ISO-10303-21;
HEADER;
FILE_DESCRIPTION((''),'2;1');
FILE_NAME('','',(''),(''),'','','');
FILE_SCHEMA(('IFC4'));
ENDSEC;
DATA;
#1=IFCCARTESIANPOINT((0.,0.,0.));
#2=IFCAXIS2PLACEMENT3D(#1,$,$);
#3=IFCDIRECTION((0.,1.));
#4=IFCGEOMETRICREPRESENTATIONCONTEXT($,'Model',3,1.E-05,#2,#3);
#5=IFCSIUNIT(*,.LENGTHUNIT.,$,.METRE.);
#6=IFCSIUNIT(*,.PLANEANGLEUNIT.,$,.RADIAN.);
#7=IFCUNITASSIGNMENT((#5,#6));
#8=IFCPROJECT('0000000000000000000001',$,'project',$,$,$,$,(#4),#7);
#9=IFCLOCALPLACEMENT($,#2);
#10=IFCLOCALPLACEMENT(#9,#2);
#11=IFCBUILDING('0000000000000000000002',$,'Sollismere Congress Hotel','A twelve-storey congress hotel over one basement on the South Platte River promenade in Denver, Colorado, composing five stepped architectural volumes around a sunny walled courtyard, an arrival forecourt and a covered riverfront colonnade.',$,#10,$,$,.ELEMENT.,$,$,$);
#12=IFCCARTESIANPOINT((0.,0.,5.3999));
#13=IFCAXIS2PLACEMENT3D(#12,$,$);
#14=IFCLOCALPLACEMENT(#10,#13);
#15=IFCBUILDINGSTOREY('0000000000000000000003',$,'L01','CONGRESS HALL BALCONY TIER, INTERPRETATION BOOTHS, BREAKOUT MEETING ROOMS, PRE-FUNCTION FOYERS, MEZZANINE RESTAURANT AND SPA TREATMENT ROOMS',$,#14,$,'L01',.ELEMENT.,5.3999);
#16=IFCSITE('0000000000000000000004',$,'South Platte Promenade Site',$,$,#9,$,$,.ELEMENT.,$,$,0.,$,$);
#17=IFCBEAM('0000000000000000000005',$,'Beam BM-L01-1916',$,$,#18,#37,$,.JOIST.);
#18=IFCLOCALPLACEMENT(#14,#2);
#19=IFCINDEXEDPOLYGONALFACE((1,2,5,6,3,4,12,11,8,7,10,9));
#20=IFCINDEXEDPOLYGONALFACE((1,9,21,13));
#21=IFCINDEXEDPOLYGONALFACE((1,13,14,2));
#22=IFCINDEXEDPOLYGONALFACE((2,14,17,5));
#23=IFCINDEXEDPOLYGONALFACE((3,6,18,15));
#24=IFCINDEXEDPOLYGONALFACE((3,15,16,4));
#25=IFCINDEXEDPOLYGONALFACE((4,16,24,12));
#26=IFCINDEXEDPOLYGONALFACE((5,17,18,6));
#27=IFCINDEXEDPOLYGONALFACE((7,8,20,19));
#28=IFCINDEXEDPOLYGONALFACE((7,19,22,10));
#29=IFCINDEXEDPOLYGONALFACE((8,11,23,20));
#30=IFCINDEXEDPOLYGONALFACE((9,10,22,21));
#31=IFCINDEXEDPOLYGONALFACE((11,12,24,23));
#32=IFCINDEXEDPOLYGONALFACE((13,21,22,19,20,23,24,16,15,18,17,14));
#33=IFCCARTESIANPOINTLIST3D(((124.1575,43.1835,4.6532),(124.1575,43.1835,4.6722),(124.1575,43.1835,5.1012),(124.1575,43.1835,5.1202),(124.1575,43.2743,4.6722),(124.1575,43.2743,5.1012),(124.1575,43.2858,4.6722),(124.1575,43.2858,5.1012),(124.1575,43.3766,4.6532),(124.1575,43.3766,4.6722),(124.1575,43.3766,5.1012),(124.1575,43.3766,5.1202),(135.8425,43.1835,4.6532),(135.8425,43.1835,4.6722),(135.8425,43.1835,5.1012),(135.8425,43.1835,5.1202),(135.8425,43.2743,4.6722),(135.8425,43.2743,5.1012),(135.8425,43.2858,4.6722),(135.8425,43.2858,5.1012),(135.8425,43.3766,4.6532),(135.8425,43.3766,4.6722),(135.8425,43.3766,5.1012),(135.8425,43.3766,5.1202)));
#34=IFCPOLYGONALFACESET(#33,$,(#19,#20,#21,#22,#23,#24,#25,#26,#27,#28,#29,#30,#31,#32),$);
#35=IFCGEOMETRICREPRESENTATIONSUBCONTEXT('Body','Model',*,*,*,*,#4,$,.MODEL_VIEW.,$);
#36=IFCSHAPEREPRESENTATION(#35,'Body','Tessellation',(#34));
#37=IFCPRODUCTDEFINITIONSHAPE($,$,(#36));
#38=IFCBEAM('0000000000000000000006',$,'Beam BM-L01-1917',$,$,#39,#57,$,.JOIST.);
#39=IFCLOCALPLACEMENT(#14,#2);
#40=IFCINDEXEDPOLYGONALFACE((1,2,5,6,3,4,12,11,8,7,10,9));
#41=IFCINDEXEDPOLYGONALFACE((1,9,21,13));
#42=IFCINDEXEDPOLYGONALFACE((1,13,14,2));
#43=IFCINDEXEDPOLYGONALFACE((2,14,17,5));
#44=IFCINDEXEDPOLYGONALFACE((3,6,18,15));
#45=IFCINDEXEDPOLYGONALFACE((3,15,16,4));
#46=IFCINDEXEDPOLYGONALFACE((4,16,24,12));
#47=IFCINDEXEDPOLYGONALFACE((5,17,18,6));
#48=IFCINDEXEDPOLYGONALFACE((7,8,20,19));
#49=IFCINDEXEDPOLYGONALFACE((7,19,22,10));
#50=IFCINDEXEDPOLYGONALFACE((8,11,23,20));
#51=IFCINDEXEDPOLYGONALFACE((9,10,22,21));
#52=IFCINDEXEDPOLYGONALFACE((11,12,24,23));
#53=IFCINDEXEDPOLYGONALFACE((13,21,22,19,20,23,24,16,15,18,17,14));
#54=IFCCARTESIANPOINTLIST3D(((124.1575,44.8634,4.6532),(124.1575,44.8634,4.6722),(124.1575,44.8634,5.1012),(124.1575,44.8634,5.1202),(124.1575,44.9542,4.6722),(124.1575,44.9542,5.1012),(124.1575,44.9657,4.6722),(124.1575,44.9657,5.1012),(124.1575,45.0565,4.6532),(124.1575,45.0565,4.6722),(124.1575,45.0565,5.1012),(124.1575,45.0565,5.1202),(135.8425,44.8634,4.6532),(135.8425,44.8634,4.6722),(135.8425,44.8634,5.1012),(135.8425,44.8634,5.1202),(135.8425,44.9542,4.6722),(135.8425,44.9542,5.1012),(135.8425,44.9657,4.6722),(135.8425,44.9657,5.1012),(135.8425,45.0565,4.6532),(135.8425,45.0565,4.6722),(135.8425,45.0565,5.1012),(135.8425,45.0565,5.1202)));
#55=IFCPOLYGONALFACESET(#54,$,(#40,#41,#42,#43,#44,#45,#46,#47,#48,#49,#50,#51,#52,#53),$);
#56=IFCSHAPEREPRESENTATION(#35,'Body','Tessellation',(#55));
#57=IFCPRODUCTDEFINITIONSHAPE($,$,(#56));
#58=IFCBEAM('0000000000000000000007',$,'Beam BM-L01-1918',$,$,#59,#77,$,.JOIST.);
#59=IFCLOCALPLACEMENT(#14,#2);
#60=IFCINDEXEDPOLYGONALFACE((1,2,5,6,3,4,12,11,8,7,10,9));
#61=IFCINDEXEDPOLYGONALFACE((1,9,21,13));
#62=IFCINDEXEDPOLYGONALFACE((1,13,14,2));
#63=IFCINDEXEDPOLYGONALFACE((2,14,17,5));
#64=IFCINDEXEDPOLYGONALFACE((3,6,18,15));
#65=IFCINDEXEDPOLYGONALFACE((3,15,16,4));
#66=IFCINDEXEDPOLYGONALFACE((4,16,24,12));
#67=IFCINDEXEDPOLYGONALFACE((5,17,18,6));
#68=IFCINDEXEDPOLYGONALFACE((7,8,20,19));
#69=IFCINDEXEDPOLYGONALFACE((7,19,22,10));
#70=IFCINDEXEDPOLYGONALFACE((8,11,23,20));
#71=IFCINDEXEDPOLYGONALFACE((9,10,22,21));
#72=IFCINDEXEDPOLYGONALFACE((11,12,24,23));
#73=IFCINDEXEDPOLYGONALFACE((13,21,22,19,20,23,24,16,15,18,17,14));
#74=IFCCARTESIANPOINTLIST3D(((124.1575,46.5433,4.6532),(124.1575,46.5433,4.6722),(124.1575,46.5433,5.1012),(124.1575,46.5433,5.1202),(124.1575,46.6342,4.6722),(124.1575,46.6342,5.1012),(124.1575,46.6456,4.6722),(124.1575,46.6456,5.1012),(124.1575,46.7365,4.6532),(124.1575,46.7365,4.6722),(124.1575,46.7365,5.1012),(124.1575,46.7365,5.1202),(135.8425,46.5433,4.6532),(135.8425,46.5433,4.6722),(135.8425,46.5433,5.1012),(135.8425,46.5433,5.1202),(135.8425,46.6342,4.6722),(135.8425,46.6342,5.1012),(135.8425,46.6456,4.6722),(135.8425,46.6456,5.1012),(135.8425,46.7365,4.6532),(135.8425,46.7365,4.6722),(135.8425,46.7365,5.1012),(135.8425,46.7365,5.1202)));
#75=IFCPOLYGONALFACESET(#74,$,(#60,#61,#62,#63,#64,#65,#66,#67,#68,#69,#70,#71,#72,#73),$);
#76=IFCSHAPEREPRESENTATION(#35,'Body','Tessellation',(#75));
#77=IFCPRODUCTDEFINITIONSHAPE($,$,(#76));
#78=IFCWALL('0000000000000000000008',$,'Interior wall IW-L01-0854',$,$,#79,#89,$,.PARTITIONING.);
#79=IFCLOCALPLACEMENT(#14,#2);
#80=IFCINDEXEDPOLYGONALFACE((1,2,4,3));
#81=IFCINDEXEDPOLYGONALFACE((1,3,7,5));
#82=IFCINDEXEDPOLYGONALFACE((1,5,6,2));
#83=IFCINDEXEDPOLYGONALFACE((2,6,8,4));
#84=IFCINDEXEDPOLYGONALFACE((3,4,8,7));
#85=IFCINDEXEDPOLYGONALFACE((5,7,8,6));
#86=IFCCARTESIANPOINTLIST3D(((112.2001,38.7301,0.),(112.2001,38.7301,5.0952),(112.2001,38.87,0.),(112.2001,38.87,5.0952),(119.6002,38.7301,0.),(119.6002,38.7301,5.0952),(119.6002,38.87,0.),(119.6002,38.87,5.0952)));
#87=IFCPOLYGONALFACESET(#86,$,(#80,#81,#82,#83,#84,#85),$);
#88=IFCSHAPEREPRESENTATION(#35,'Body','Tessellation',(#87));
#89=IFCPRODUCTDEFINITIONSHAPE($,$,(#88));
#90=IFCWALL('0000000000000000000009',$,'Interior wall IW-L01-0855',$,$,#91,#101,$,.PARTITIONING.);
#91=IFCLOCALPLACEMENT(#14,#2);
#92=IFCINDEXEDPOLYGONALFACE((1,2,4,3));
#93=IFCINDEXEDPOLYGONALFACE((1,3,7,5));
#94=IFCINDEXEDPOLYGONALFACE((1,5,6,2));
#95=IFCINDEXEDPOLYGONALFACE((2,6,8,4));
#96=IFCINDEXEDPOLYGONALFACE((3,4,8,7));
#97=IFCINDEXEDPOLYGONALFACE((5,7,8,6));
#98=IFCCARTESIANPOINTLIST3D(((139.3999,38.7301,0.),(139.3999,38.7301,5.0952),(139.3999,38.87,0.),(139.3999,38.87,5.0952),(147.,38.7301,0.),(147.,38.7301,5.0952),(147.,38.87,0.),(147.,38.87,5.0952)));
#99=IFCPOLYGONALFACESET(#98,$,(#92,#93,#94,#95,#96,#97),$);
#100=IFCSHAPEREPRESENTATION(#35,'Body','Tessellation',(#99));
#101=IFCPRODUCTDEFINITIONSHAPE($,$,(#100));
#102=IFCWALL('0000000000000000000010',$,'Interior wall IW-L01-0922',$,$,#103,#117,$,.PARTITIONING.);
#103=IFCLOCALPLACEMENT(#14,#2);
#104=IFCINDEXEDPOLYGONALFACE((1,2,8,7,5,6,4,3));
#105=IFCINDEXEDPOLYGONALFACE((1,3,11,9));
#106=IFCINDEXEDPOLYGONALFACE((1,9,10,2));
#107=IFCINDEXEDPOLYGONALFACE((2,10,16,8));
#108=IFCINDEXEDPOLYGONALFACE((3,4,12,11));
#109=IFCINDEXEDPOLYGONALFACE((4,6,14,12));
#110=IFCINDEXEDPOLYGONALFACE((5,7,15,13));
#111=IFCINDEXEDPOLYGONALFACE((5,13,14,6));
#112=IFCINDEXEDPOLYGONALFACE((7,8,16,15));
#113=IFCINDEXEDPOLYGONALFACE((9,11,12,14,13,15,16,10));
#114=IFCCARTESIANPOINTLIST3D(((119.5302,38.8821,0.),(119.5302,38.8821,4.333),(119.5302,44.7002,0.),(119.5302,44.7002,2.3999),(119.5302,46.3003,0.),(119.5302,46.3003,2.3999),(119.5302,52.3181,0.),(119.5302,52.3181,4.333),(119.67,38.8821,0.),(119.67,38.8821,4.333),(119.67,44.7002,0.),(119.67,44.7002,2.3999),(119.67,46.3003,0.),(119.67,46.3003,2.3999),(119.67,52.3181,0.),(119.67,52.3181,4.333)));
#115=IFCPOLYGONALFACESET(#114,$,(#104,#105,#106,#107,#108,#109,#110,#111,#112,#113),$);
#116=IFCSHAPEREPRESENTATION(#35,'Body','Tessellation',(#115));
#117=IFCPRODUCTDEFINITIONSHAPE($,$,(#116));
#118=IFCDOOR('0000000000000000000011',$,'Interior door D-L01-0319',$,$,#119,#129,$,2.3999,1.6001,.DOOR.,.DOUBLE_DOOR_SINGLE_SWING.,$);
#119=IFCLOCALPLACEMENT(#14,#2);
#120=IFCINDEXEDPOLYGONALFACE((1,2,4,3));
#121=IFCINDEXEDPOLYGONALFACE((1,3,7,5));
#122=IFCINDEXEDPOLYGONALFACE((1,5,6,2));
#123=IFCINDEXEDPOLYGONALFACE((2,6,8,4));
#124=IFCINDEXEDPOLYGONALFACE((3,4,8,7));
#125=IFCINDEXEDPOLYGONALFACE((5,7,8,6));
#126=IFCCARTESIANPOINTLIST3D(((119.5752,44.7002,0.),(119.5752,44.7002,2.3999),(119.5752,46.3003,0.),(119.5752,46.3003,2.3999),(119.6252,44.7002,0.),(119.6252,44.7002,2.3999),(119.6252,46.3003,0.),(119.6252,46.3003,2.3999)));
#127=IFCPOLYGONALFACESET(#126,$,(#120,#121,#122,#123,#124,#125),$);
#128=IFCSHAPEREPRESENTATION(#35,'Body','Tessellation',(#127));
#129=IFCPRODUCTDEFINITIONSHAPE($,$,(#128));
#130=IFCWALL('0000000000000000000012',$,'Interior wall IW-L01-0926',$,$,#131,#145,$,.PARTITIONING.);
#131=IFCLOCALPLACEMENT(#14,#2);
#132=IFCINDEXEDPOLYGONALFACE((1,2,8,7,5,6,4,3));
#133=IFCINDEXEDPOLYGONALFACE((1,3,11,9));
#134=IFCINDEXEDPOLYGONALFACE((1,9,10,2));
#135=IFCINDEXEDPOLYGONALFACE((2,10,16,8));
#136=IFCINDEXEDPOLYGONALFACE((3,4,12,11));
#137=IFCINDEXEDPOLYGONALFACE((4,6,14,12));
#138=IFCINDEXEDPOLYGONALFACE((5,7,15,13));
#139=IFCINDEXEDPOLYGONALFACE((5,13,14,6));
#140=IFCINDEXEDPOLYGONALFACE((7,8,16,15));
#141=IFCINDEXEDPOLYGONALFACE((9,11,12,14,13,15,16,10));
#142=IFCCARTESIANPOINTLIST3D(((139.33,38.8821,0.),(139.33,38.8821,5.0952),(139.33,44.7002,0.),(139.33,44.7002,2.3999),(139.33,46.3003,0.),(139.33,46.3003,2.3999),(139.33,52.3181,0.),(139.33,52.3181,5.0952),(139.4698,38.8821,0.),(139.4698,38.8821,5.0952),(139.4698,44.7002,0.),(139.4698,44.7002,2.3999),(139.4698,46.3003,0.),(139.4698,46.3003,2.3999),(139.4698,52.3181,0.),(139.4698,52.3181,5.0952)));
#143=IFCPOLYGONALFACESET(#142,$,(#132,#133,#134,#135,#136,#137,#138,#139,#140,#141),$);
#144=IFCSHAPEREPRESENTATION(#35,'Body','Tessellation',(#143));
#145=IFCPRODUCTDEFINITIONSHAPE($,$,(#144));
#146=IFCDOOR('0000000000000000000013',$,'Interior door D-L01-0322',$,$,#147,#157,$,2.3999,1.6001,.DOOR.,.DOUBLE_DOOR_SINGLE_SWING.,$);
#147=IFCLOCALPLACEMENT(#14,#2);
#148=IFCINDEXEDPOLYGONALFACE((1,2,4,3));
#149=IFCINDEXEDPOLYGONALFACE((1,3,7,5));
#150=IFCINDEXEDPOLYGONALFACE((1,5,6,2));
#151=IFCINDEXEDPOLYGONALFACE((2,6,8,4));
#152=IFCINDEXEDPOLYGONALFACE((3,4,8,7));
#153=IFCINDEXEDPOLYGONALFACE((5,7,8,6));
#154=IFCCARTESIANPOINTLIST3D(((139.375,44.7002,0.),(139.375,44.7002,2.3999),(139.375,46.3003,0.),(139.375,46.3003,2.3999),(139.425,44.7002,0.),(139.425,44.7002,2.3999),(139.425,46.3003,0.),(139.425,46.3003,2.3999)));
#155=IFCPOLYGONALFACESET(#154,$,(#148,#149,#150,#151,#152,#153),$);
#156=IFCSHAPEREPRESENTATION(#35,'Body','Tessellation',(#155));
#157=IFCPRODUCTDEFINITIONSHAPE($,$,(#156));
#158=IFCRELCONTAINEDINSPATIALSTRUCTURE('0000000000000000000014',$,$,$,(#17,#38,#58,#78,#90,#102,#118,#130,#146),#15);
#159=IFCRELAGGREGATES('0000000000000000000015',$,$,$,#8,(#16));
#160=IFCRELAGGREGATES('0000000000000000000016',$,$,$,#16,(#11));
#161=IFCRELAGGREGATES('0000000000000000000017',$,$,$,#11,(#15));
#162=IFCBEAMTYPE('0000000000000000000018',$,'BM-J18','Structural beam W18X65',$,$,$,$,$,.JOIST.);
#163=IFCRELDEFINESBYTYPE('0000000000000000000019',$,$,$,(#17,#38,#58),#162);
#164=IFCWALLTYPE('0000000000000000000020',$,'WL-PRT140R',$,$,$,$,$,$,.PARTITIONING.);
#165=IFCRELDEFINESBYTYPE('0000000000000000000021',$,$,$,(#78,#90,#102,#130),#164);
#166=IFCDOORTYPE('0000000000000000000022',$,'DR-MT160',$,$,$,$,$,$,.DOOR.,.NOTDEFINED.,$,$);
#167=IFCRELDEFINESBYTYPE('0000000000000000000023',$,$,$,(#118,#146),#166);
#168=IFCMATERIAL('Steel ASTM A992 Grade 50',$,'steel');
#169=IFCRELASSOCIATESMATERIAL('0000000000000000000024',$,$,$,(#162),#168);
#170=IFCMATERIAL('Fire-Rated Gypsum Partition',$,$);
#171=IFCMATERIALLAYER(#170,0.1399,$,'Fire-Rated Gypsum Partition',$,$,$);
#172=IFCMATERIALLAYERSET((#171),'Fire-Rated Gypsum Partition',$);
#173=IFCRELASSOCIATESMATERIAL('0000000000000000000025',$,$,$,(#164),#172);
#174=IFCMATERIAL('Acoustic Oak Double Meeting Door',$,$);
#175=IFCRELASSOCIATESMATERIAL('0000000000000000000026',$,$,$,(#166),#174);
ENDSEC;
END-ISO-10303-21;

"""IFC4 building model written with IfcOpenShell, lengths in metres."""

from ifc_helpers import new_model, si_unit, direction, frame, frame_2d, origin, origin_2d, place, context, subcontext, project, spatial, rectangle, i_section, extrude, material, layer, layer_set, material_profile, profile_set, type_object, element, fill, save


model = new_model("IFC4")

# Units and contexts
model_context = context("Model", 3, precision=1e-05, world=origin(), true_north=direction((0.0, 1.0)))
body_context = subcontext(model_context, "Body", "Model", "MODEL_VIEW")
ifc_project = project(units=[si_unit("LENGTHUNIT", "METRE"), si_unit("PLANEANGLEUNIT", "RADIAN")], contexts=[model_context])

# Site, building, storey
site_placement = place(None, origin())
site = spatial("IfcSite", under=ifc_project, at=site_placement, Name="South Platte Promenade Site", CompositionType="ELEMENT", RefElevation=0.0)
building_placement = place(site_placement, origin())
building = spatial("IfcBuilding", under=site, at=building_placement, Name="Sollismere Congress Hotel", Description="A twelve-storey congress hotel over one basement on the South Platte River promenade in Denver, Colorado, composing five stepped architectural volumes around a sunny walled courtyard, an arrival forecourt and a covered riverfront colonnade.", CompositionType="ELEMENT")
storey_placement = place(building_placement, frame((0.0, 0.0, 5.3999)))
storey = spatial("IfcBuildingStorey", under=building, at=storey_placement, Name="L01", Description="CONGRESS HALL BALCONY TIER, INTERPRETATION BOOTHS, BREAKOUT MEETING ROOMS, PRE-FUNCTION FOYERS, MEZZANINE RESTAURANT AND SPA TREATMENT ROOMS", LongName="L01", CompositionType="ELEMENT", Elevation=5.3999)

# Shared definitions
ifc_material_1 = material(Name="Steel ASTM A992 Grade 50", Category="steel")

# Beams
ifc_material_profile_1 = material_profile(ifc_material_1, i_section(OverallWidth=0.1931, OverallDepth=0.467, WebThickness=0.0115, FlangeThickness=0.019, at=origin_2d()), Name="W18X65")
ifc_profile_set_1 = profile_set([ifc_material_profile_1], Name="Steel ASTM A992 Grade 50")
beam_type_1 = type_object("IfcBeamType", Name="BM-J18", Description="Structural beam W18X65", PredefinedType="JOIST", material=ifc_profile_set_1)
for number, where, z_axis, x_axis, name in (
    (1, (124.1575, 43.28, 4.8867), (1.0, 0.0, 0.0), (0.0, 1.0, 0.0), "Beam BM-L01-1916"),
    (2, (124.1575, 44.96, 4.8867), (1.0, 0.0, 0.0), (0.0, 1.0, 0.0), "Beam BM-L01-1917"),
    (3, (124.1575, 46.6399, 4.8867), (1.0, 0.0, 0.0), (0.0, 1.0, 0.0), "Beam BM-L01-1918"),
):
    element("IfcBeam", number, at=place(storey_placement, frame(where, z_axis=z_axis, x_axis=x_axis)), inside=storey, type_object=beam_type_1, Name=name, PredefinedType="JOIST", context=body_context, shape_type="SweptSolid", body=[
        extrude(i_section(OverallWidth=0.1931, OverallDepth=0.467, WebThickness=0.0115, FlangeThickness=0.019, at=origin_2d()), origin(), (0.0, 0.0, 1.0), 11.6851),
    ])

# Walls
ifc_material_2 = material(Name="Fire-Rated Gypsum Partition")
ifc_layer = layer(ifc_material_2, 0.1399, Name="Fire-Rated Gypsum Partition")
ifc_layer_set = layer_set([ifc_layer], Name="Fire-Rated Gypsum Partition")
wall_type = type_object("IfcWallType", Name="WL-PRT140R", PredefinedType="PARTITIONING", material=ifc_layer_set)
wall_1_placement = place(storey_placement, frame((112.2, 38.8, 0.0), z_axis=(0.0, 0.0, 1.0), x_axis=(1.0, 0.0, 0.0)))
element("IfcWall", 4, at=wall_1_placement, inside=storey, type_object=wall_type, Name="Interior wall IW-L01-0854", PredefinedType="PARTITIONING", context=body_context, shape_type="SweptSolid", body=[
    extrude(rectangle(XDim=7.4001, YDim=0.1399, at=frame_2d((3.7002, 0.0))), origin(), (0.0, 0.0, 1.0), 5.0952),
])
wall_2_placement = place(storey_placement, frame((139.3999, 38.8, 0.0), z_axis=(0.0, 0.0, 1.0), x_axis=(1.0, 0.0, 0.0)))
element("IfcWall", 5, at=wall_2_placement, inside=storey, type_object=wall_type, Name="Interior wall IW-L01-0855", PredefinedType="PARTITIONING", context=body_context, shape_type="SweptSolid", body=[
    extrude(rectangle(XDim=7.6001, YDim=0.1399, at=frame_2d((3.8, 0.0))), origin(), (0.0, 0.0, 1.0), 5.0952),
])

# Walls, openings, doors
wall_3_placement = place(storey_placement, frame((119.6001, 38.8821, 0.0), z_axis=(0.0, 0.0, 1.0), x_axis=(0.0, 1.0, 0.0)))
wall_3 = element("IfcWall", 6, at=wall_3_placement, inside=storey, type_object=wall_type, Name="Interior wall IW-L01-0922", PredefinedType="PARTITIONING", context=body_context, shape_type="SweptSolid", body=[
    extrude(rectangle(XDim=13.436, YDim=0.1399, at=frame_2d((6.718, 0.0))), origin(), (0.0, 0.0, 1.0), 4.333),
])
opening_1_placement = place(wall_3_placement, frame((5.8181, 0.0, 0.0)))
opening_1 = element("IfcOpeningElement", 7, at=opening_1_placement, cuts=wall_3, PredefinedType="OPENING", context=body_context, shape_type="SweptSolid", body=[
    extrude(rectangle(XDim=1.6001, YDim=2.3999, at=frame_2d((0.8, 1.2))), frame((0.0, 0.0798, 0.0), z_axis=(0.0, -1.0, 0.0), x_axis=(1.0, 0.0, 0.0)), (0.0, 0.0, 1.0), 0.1599),
])
ifc_material_3 = material(Name="Acoustic Oak Double Meeting Door")
door_type = type_object("IfcDoorType", Name="DR-MT160", OperationType="NOTDEFINED", PredefinedType="DOOR", material=ifc_material_3)
door_1_placement = place(opening_1_placement, origin())
door_1 = element("IfcDoor", 8, at=door_1_placement, inside=storey, type_object=door_type, Name="Interior door D-L01-0319", OperationType="DOUBLE_DOOR_SINGLE_SWING", OverallHeight=2.3999, OverallWidth=1.6001, PredefinedType="DOOR", context=body_context, shape_type="SweptSolid", body=[
    extrude(rectangle(XDim=1.6001, YDim=2.3999, at=frame_2d((0.8, 1.2))), frame((0.0, 0.0249, 0.0), z_axis=(0.0, -1.0, 0.0), x_axis=(1.0, 0.0, 0.0)), (0.0, 0.0, 1.0), 0.05),
])
fill(opening_1, door_1)
wall_4_placement = place(storey_placement, frame((139.3999, 38.8821, 0.0), z_axis=(0.0, 0.0, 1.0), x_axis=(0.0, 1.0, 0.0)))
wall_4 = element("IfcWall", 9, at=wall_4_placement, inside=storey, type_object=wall_type, Name="Interior wall IW-L01-0926", PredefinedType="PARTITIONING", context=body_context, shape_type="SweptSolid", body=[
    extrude(rectangle(XDim=13.436, YDim=0.1399, at=frame_2d((6.718, 0.0))), origin(), (0.0, 0.0, 1.0), 5.0952),
])
opening_2_placement = place(wall_4_placement, frame((5.8181, 0.0, 0.0)))
opening_2 = element("IfcOpeningElement", 10, at=opening_2_placement, cuts=wall_4, PredefinedType="OPENING", context=body_context, shape_type="SweptSolid", body=[
    extrude(rectangle(XDim=1.6001, YDim=2.3999, at=frame_2d((0.8, 1.2))), frame((0.0, 0.0798, 0.0), z_axis=(0.0, -1.0, 0.0), x_axis=(1.0, 0.0, 0.0)), (0.0, 0.0, 1.0), 0.1599),
])
door_2_placement = place(opening_2_placement, origin())
door_2 = element("IfcDoor", 11, at=door_2_placement, inside=storey, type_object=door_type, Name="Interior door D-L01-0322", OperationType="DOUBLE_DOOR_SINGLE_SWING", OverallHeight=2.3999, OverallWidth=1.6001, PredefinedType="DOOR", context=body_context, shape_type="SweptSolid", body=[
    extrude(rectangle(XDim=1.6001, YDim=2.3999, at=frame_2d((0.8, 1.2))), frame((0.0, 0.0249, 0.0), z_axis=(0.0, -1.0, 0.0), x_axis=(1.0, 0.0, 0.0)), (0.0, 0.0, 1.0), 0.05),
])
fill(opening_2, door_2)

save(model, "model.ifc")
